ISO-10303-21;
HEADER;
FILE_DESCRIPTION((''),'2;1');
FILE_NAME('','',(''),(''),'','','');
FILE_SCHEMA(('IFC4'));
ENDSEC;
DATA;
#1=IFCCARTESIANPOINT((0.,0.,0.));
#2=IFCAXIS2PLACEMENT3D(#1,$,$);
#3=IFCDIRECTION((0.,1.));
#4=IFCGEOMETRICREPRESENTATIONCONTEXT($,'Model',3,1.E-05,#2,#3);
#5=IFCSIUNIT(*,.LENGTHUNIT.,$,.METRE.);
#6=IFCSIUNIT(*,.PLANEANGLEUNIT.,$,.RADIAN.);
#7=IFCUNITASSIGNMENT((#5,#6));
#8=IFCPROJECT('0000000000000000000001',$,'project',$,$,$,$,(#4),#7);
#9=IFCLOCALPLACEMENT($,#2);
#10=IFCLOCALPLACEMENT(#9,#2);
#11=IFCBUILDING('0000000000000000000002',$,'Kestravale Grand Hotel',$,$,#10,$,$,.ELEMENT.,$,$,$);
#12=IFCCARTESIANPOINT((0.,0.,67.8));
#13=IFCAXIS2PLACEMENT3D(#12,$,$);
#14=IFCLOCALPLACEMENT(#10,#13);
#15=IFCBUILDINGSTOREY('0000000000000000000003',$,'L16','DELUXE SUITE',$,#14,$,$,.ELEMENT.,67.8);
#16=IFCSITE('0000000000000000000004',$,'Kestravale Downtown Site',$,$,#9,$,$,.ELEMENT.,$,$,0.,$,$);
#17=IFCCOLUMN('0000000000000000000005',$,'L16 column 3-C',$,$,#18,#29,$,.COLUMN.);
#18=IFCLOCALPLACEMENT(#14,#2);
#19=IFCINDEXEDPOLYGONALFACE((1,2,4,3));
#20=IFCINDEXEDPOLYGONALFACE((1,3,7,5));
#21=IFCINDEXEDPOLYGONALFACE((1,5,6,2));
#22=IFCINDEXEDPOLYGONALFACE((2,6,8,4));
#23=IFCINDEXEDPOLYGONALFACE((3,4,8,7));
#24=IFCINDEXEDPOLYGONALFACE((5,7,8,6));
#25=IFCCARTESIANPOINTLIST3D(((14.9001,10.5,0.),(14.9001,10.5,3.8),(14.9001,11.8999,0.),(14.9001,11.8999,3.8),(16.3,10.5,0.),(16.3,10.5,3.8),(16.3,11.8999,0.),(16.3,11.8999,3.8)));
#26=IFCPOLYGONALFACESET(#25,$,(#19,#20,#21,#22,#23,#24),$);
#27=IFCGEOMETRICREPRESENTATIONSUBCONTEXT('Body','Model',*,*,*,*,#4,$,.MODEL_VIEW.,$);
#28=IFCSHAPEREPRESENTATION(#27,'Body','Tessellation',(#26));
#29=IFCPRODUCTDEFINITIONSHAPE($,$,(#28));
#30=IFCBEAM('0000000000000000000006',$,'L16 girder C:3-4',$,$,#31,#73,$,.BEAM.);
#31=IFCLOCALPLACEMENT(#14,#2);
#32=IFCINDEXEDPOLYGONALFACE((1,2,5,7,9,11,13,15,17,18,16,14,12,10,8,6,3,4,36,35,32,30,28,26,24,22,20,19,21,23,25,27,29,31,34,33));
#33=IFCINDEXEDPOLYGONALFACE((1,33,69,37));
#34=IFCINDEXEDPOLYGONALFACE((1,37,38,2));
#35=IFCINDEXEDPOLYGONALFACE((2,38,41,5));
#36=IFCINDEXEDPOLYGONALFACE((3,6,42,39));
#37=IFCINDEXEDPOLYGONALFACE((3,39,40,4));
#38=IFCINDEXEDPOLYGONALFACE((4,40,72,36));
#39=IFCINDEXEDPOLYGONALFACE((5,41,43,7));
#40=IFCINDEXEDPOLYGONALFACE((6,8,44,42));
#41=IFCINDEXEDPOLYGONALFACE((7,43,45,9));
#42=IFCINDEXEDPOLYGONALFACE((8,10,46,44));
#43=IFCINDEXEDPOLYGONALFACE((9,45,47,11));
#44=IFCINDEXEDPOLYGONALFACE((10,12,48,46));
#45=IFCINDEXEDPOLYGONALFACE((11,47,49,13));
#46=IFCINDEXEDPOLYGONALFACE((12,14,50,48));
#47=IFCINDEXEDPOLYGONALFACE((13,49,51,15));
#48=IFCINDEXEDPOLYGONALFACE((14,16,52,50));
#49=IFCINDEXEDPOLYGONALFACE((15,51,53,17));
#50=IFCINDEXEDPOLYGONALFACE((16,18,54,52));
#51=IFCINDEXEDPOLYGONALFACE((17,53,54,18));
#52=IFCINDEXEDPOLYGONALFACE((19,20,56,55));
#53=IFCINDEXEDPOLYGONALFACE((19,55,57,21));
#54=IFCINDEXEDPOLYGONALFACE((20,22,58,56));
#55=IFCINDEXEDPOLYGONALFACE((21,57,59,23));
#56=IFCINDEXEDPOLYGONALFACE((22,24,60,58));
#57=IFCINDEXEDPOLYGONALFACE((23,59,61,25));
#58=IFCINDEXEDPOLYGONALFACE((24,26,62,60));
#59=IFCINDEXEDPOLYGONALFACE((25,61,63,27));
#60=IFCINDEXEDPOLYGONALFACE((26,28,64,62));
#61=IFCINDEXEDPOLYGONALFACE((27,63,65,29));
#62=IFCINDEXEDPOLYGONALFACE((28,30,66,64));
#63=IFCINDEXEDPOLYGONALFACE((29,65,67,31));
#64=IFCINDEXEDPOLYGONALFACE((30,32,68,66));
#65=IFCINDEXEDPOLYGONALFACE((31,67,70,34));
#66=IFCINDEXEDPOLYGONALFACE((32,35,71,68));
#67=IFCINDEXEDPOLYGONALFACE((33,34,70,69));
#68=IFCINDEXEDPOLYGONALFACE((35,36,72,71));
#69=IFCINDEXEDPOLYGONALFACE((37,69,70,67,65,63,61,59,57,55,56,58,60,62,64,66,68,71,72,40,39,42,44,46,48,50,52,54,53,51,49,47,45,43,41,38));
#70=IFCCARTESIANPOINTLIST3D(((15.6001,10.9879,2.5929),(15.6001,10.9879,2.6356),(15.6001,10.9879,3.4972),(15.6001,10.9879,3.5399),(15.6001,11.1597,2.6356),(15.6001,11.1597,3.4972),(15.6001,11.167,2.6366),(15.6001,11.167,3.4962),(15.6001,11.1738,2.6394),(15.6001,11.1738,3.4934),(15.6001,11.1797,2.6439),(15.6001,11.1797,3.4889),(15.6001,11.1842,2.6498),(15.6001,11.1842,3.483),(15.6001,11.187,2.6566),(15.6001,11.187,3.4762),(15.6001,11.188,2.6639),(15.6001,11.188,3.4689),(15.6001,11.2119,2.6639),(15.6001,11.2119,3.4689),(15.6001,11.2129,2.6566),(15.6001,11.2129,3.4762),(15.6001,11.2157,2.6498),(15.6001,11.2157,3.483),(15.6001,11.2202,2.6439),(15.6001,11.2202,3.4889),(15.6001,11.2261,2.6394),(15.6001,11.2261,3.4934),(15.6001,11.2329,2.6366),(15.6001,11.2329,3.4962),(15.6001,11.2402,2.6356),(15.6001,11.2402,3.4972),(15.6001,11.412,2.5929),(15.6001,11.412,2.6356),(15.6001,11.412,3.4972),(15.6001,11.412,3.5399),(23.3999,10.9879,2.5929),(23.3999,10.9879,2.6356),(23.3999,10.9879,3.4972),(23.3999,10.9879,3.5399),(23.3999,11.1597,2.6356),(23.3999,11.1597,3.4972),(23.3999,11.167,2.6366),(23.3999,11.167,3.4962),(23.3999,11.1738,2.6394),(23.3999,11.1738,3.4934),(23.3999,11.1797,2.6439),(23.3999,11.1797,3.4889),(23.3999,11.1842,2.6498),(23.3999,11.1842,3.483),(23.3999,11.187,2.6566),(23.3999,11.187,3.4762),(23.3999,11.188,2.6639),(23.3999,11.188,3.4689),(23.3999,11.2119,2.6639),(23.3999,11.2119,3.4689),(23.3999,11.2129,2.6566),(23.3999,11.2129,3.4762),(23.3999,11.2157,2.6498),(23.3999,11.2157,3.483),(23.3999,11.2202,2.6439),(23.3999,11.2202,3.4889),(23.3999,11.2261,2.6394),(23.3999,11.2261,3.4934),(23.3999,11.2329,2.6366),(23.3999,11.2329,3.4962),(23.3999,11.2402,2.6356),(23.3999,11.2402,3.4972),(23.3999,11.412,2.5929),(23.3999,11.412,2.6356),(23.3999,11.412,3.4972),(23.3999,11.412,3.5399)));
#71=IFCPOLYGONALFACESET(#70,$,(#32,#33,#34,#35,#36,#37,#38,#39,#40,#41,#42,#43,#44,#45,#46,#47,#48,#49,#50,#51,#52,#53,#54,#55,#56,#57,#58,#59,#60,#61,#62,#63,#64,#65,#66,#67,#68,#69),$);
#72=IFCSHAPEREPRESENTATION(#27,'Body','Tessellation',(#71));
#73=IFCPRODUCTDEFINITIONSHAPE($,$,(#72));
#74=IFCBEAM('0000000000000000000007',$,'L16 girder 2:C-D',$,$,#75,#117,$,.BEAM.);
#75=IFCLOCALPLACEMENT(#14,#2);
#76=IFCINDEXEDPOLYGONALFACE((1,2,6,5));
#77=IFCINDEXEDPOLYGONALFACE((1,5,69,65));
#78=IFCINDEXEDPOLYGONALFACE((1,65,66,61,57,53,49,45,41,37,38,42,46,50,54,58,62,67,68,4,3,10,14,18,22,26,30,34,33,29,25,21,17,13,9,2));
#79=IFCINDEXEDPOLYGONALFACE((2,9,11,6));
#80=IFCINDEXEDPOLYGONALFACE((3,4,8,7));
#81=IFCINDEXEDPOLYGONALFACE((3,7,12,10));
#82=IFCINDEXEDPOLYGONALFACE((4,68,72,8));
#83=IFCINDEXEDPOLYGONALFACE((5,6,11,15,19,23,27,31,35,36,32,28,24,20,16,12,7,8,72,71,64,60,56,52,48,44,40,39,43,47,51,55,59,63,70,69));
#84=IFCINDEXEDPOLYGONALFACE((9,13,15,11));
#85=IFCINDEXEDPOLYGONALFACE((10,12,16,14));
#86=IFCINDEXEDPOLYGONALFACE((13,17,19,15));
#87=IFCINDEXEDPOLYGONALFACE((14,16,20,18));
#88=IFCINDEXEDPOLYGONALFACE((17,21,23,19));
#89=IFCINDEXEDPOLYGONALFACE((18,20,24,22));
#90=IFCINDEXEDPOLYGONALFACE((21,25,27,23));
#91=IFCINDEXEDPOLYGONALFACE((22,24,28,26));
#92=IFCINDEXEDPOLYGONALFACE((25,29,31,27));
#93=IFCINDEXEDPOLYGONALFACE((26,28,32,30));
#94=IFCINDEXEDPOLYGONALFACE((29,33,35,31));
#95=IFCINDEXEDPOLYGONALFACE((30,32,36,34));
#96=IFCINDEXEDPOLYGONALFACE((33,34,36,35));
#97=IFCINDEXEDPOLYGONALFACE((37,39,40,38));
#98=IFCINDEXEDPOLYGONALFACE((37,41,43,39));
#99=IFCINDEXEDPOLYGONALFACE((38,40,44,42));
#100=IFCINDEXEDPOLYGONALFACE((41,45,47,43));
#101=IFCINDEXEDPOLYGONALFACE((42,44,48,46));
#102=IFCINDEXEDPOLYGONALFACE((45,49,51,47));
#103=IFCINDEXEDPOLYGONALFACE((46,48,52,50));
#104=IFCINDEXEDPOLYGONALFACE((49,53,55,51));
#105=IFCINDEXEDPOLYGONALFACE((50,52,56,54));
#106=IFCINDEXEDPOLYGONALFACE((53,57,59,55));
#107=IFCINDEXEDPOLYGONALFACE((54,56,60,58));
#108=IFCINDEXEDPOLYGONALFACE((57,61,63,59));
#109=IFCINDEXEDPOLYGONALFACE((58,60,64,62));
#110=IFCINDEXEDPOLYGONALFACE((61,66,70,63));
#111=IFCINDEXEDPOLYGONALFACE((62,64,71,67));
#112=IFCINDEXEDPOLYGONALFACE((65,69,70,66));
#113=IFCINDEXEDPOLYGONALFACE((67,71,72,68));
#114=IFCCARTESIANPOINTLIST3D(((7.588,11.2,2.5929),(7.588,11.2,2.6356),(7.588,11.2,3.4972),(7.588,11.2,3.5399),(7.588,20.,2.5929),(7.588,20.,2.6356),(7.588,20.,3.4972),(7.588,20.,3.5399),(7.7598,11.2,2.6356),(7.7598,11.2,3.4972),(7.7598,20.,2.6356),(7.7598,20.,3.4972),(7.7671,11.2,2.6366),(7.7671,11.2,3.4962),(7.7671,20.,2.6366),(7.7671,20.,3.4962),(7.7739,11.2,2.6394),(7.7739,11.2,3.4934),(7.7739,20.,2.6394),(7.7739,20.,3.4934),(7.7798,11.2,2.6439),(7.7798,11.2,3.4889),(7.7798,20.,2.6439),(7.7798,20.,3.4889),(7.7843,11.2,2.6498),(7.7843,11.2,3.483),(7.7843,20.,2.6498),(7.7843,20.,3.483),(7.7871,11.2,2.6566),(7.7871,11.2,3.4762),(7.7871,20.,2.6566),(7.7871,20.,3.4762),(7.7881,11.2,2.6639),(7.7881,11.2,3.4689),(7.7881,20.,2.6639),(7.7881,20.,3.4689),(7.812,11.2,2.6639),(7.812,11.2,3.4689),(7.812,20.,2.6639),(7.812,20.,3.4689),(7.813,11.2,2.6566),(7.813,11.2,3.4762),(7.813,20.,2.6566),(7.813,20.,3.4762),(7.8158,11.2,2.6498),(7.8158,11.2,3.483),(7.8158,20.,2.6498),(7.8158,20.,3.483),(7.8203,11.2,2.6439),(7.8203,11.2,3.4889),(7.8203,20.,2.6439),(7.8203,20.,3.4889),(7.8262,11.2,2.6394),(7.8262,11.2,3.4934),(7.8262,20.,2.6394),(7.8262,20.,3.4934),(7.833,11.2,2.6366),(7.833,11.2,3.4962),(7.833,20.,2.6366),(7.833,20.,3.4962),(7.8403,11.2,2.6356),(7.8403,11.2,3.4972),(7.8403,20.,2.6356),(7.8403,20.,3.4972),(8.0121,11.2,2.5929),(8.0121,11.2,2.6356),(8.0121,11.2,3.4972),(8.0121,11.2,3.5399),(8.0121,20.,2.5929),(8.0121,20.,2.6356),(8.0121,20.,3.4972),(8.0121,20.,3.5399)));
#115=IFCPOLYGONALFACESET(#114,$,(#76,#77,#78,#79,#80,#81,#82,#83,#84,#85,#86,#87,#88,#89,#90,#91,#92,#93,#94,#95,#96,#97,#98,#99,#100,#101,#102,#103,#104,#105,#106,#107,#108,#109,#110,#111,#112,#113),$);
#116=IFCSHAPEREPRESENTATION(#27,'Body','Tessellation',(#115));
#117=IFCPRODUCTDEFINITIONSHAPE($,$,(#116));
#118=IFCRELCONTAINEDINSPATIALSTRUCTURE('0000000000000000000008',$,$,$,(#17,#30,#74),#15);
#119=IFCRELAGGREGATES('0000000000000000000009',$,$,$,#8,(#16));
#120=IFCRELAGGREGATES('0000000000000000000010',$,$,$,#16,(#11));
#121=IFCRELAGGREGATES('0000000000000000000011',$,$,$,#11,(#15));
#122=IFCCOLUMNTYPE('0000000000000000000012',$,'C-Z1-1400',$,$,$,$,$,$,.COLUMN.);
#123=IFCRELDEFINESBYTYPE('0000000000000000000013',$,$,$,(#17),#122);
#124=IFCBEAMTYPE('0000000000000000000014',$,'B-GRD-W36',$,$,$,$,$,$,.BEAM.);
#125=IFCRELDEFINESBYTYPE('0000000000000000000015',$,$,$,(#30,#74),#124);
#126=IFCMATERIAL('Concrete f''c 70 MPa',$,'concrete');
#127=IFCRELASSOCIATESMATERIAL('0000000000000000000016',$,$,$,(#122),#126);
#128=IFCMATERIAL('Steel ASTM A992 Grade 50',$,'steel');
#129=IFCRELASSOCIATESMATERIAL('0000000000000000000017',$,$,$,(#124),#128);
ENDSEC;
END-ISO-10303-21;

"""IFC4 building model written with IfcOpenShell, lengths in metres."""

from ifc_helpers import new_model, si_unit, direction, frame, origin, origin_2d, place, context, subcontext, project, spatial, rectangle, i_section, extrude, material, material_profile, profile_set, type_object, element, save


model = new_model("IFC4")

# Units and contexts
model_context = context("Model", 3, precision=1e-05, world=origin(), true_north=direction((0.0, 1.0)))
body_context = subcontext(model_context, "Body", "Model", "MODEL_VIEW")
ifc_project = project(units=[si_unit("LENGTHUNIT", "METRE"), si_unit("PLANEANGLEUNIT", "RADIAN")], contexts=[model_context])

# Site, building, storey
site_placement = place(None, origin())
site = spatial("IfcSite", under=ifc_project, at=site_placement, Name="Kestravale Downtown Site", CompositionType="ELEMENT", RefElevation=0.0)
building_placement = place(site_placement, origin())
building = spatial("IfcBuilding", under=site, at=building_placement, Name="Kestravale Grand Hotel", CompositionType="ELEMENT")
storey_placement = place(building_placement, frame((0.0, 0.0, 67.8)))
storey = spatial("IfcBuildingStorey", under=building, at=storey_placement, Name="L16", Description="DELUXE SUITE", CompositionType="ELEMENT", Elevation=67.8)

# Column
ifc_material_1 = material(Name="Concrete f'c 70 MPa", Category="concrete")
ifc_material_profile_1 = material_profile(ifc_material_1, rectangle(XDim=1.3999, YDim=1.3999, at=origin_2d()))
ifc_profile_set_1 = profile_set([ifc_material_profile_1], Name="Concrete f'c 70 MPa")
column_type = type_object("IfcColumnType", Name="C-Z1-1400", PredefinedType="COLUMN", material=ifc_profile_set_1)
column_placement = place(storey_placement, frame((15.6001, 11.2, 0.0), z_axis=(0.0, 0.0, 1.0), x_axis=(1.0, 0.0, 0.0)))
element("IfcColumn", 1, at=column_placement, inside=storey, type_object=column_type, Name="L16 column 3-C", PredefinedType="COLUMN", context=body_context, shape_type="SweptSolid", body=[
    extrude(rectangle(XDim=1.3999, YDim=1.3999, at=origin_2d()), origin(), (0.0, 0.0, 1.0), 3.8),
])

# Beams
ifc_material_2 = material(Name="Steel ASTM A992 Grade 50", Category="steel")
ifc_material_profile_2 = material_profile(ifc_material_2, i_section(OverallWidth=0.4241, OverallDepth=0.947, WebThickness=0.0239, FlangeThickness=0.0427, FilletRadius=0.0283, at=origin_2d()))
ifc_profile_set_2 = profile_set([ifc_material_profile_2], Name="Steel ASTM A992 Grade 50")
beam_type = type_object("IfcBeamType", Name="B-GRD-W36", PredefinedType="BEAM", material=ifc_profile_set_2)
beam_1_placement = place(storey_placement, frame((15.6001, 11.2, 3.0664), z_axis=(1.0, 0.0, 0.0), x_axis=(0.0, 1.0, 0.0)))
element("IfcBeam", 2, at=beam_1_placement, inside=storey, type_object=beam_type, Name="L16 girder C:3-4", PredefinedType="BEAM", context=body_context, shape_type="SweptSolid", body=[
    extrude(i_section(OverallWidth=0.4241, OverallDepth=0.947, WebThickness=0.0239, FlangeThickness=0.0427, FilletRadius=0.0283, at=origin_2d()), origin(), (0.0, 0.0, 1.0), 7.7998),
])
beam_2_placement = place(storey_placement, frame((7.8, 11.2, 3.0664), z_axis=(0.0, 1.0, 0.0), x_axis=(-1.0, 0.0, 0.0)))
element("IfcBeam", 3, at=beam_2_placement, inside=storey, type_object=beam_type, Name="L16 girder 2:C-D", PredefinedType="BEAM", context=body_context, shape_type="SweptSolid", body=[
    extrude(i_section(OverallWidth=0.4241, OverallDepth=0.947, WebThickness=0.0239, FlangeThickness=0.0427, FilletRadius=0.0283, at=origin_2d()), origin(), (0.0, 0.0, 1.0), 8.8),
])

save(model, "model.ifc")
